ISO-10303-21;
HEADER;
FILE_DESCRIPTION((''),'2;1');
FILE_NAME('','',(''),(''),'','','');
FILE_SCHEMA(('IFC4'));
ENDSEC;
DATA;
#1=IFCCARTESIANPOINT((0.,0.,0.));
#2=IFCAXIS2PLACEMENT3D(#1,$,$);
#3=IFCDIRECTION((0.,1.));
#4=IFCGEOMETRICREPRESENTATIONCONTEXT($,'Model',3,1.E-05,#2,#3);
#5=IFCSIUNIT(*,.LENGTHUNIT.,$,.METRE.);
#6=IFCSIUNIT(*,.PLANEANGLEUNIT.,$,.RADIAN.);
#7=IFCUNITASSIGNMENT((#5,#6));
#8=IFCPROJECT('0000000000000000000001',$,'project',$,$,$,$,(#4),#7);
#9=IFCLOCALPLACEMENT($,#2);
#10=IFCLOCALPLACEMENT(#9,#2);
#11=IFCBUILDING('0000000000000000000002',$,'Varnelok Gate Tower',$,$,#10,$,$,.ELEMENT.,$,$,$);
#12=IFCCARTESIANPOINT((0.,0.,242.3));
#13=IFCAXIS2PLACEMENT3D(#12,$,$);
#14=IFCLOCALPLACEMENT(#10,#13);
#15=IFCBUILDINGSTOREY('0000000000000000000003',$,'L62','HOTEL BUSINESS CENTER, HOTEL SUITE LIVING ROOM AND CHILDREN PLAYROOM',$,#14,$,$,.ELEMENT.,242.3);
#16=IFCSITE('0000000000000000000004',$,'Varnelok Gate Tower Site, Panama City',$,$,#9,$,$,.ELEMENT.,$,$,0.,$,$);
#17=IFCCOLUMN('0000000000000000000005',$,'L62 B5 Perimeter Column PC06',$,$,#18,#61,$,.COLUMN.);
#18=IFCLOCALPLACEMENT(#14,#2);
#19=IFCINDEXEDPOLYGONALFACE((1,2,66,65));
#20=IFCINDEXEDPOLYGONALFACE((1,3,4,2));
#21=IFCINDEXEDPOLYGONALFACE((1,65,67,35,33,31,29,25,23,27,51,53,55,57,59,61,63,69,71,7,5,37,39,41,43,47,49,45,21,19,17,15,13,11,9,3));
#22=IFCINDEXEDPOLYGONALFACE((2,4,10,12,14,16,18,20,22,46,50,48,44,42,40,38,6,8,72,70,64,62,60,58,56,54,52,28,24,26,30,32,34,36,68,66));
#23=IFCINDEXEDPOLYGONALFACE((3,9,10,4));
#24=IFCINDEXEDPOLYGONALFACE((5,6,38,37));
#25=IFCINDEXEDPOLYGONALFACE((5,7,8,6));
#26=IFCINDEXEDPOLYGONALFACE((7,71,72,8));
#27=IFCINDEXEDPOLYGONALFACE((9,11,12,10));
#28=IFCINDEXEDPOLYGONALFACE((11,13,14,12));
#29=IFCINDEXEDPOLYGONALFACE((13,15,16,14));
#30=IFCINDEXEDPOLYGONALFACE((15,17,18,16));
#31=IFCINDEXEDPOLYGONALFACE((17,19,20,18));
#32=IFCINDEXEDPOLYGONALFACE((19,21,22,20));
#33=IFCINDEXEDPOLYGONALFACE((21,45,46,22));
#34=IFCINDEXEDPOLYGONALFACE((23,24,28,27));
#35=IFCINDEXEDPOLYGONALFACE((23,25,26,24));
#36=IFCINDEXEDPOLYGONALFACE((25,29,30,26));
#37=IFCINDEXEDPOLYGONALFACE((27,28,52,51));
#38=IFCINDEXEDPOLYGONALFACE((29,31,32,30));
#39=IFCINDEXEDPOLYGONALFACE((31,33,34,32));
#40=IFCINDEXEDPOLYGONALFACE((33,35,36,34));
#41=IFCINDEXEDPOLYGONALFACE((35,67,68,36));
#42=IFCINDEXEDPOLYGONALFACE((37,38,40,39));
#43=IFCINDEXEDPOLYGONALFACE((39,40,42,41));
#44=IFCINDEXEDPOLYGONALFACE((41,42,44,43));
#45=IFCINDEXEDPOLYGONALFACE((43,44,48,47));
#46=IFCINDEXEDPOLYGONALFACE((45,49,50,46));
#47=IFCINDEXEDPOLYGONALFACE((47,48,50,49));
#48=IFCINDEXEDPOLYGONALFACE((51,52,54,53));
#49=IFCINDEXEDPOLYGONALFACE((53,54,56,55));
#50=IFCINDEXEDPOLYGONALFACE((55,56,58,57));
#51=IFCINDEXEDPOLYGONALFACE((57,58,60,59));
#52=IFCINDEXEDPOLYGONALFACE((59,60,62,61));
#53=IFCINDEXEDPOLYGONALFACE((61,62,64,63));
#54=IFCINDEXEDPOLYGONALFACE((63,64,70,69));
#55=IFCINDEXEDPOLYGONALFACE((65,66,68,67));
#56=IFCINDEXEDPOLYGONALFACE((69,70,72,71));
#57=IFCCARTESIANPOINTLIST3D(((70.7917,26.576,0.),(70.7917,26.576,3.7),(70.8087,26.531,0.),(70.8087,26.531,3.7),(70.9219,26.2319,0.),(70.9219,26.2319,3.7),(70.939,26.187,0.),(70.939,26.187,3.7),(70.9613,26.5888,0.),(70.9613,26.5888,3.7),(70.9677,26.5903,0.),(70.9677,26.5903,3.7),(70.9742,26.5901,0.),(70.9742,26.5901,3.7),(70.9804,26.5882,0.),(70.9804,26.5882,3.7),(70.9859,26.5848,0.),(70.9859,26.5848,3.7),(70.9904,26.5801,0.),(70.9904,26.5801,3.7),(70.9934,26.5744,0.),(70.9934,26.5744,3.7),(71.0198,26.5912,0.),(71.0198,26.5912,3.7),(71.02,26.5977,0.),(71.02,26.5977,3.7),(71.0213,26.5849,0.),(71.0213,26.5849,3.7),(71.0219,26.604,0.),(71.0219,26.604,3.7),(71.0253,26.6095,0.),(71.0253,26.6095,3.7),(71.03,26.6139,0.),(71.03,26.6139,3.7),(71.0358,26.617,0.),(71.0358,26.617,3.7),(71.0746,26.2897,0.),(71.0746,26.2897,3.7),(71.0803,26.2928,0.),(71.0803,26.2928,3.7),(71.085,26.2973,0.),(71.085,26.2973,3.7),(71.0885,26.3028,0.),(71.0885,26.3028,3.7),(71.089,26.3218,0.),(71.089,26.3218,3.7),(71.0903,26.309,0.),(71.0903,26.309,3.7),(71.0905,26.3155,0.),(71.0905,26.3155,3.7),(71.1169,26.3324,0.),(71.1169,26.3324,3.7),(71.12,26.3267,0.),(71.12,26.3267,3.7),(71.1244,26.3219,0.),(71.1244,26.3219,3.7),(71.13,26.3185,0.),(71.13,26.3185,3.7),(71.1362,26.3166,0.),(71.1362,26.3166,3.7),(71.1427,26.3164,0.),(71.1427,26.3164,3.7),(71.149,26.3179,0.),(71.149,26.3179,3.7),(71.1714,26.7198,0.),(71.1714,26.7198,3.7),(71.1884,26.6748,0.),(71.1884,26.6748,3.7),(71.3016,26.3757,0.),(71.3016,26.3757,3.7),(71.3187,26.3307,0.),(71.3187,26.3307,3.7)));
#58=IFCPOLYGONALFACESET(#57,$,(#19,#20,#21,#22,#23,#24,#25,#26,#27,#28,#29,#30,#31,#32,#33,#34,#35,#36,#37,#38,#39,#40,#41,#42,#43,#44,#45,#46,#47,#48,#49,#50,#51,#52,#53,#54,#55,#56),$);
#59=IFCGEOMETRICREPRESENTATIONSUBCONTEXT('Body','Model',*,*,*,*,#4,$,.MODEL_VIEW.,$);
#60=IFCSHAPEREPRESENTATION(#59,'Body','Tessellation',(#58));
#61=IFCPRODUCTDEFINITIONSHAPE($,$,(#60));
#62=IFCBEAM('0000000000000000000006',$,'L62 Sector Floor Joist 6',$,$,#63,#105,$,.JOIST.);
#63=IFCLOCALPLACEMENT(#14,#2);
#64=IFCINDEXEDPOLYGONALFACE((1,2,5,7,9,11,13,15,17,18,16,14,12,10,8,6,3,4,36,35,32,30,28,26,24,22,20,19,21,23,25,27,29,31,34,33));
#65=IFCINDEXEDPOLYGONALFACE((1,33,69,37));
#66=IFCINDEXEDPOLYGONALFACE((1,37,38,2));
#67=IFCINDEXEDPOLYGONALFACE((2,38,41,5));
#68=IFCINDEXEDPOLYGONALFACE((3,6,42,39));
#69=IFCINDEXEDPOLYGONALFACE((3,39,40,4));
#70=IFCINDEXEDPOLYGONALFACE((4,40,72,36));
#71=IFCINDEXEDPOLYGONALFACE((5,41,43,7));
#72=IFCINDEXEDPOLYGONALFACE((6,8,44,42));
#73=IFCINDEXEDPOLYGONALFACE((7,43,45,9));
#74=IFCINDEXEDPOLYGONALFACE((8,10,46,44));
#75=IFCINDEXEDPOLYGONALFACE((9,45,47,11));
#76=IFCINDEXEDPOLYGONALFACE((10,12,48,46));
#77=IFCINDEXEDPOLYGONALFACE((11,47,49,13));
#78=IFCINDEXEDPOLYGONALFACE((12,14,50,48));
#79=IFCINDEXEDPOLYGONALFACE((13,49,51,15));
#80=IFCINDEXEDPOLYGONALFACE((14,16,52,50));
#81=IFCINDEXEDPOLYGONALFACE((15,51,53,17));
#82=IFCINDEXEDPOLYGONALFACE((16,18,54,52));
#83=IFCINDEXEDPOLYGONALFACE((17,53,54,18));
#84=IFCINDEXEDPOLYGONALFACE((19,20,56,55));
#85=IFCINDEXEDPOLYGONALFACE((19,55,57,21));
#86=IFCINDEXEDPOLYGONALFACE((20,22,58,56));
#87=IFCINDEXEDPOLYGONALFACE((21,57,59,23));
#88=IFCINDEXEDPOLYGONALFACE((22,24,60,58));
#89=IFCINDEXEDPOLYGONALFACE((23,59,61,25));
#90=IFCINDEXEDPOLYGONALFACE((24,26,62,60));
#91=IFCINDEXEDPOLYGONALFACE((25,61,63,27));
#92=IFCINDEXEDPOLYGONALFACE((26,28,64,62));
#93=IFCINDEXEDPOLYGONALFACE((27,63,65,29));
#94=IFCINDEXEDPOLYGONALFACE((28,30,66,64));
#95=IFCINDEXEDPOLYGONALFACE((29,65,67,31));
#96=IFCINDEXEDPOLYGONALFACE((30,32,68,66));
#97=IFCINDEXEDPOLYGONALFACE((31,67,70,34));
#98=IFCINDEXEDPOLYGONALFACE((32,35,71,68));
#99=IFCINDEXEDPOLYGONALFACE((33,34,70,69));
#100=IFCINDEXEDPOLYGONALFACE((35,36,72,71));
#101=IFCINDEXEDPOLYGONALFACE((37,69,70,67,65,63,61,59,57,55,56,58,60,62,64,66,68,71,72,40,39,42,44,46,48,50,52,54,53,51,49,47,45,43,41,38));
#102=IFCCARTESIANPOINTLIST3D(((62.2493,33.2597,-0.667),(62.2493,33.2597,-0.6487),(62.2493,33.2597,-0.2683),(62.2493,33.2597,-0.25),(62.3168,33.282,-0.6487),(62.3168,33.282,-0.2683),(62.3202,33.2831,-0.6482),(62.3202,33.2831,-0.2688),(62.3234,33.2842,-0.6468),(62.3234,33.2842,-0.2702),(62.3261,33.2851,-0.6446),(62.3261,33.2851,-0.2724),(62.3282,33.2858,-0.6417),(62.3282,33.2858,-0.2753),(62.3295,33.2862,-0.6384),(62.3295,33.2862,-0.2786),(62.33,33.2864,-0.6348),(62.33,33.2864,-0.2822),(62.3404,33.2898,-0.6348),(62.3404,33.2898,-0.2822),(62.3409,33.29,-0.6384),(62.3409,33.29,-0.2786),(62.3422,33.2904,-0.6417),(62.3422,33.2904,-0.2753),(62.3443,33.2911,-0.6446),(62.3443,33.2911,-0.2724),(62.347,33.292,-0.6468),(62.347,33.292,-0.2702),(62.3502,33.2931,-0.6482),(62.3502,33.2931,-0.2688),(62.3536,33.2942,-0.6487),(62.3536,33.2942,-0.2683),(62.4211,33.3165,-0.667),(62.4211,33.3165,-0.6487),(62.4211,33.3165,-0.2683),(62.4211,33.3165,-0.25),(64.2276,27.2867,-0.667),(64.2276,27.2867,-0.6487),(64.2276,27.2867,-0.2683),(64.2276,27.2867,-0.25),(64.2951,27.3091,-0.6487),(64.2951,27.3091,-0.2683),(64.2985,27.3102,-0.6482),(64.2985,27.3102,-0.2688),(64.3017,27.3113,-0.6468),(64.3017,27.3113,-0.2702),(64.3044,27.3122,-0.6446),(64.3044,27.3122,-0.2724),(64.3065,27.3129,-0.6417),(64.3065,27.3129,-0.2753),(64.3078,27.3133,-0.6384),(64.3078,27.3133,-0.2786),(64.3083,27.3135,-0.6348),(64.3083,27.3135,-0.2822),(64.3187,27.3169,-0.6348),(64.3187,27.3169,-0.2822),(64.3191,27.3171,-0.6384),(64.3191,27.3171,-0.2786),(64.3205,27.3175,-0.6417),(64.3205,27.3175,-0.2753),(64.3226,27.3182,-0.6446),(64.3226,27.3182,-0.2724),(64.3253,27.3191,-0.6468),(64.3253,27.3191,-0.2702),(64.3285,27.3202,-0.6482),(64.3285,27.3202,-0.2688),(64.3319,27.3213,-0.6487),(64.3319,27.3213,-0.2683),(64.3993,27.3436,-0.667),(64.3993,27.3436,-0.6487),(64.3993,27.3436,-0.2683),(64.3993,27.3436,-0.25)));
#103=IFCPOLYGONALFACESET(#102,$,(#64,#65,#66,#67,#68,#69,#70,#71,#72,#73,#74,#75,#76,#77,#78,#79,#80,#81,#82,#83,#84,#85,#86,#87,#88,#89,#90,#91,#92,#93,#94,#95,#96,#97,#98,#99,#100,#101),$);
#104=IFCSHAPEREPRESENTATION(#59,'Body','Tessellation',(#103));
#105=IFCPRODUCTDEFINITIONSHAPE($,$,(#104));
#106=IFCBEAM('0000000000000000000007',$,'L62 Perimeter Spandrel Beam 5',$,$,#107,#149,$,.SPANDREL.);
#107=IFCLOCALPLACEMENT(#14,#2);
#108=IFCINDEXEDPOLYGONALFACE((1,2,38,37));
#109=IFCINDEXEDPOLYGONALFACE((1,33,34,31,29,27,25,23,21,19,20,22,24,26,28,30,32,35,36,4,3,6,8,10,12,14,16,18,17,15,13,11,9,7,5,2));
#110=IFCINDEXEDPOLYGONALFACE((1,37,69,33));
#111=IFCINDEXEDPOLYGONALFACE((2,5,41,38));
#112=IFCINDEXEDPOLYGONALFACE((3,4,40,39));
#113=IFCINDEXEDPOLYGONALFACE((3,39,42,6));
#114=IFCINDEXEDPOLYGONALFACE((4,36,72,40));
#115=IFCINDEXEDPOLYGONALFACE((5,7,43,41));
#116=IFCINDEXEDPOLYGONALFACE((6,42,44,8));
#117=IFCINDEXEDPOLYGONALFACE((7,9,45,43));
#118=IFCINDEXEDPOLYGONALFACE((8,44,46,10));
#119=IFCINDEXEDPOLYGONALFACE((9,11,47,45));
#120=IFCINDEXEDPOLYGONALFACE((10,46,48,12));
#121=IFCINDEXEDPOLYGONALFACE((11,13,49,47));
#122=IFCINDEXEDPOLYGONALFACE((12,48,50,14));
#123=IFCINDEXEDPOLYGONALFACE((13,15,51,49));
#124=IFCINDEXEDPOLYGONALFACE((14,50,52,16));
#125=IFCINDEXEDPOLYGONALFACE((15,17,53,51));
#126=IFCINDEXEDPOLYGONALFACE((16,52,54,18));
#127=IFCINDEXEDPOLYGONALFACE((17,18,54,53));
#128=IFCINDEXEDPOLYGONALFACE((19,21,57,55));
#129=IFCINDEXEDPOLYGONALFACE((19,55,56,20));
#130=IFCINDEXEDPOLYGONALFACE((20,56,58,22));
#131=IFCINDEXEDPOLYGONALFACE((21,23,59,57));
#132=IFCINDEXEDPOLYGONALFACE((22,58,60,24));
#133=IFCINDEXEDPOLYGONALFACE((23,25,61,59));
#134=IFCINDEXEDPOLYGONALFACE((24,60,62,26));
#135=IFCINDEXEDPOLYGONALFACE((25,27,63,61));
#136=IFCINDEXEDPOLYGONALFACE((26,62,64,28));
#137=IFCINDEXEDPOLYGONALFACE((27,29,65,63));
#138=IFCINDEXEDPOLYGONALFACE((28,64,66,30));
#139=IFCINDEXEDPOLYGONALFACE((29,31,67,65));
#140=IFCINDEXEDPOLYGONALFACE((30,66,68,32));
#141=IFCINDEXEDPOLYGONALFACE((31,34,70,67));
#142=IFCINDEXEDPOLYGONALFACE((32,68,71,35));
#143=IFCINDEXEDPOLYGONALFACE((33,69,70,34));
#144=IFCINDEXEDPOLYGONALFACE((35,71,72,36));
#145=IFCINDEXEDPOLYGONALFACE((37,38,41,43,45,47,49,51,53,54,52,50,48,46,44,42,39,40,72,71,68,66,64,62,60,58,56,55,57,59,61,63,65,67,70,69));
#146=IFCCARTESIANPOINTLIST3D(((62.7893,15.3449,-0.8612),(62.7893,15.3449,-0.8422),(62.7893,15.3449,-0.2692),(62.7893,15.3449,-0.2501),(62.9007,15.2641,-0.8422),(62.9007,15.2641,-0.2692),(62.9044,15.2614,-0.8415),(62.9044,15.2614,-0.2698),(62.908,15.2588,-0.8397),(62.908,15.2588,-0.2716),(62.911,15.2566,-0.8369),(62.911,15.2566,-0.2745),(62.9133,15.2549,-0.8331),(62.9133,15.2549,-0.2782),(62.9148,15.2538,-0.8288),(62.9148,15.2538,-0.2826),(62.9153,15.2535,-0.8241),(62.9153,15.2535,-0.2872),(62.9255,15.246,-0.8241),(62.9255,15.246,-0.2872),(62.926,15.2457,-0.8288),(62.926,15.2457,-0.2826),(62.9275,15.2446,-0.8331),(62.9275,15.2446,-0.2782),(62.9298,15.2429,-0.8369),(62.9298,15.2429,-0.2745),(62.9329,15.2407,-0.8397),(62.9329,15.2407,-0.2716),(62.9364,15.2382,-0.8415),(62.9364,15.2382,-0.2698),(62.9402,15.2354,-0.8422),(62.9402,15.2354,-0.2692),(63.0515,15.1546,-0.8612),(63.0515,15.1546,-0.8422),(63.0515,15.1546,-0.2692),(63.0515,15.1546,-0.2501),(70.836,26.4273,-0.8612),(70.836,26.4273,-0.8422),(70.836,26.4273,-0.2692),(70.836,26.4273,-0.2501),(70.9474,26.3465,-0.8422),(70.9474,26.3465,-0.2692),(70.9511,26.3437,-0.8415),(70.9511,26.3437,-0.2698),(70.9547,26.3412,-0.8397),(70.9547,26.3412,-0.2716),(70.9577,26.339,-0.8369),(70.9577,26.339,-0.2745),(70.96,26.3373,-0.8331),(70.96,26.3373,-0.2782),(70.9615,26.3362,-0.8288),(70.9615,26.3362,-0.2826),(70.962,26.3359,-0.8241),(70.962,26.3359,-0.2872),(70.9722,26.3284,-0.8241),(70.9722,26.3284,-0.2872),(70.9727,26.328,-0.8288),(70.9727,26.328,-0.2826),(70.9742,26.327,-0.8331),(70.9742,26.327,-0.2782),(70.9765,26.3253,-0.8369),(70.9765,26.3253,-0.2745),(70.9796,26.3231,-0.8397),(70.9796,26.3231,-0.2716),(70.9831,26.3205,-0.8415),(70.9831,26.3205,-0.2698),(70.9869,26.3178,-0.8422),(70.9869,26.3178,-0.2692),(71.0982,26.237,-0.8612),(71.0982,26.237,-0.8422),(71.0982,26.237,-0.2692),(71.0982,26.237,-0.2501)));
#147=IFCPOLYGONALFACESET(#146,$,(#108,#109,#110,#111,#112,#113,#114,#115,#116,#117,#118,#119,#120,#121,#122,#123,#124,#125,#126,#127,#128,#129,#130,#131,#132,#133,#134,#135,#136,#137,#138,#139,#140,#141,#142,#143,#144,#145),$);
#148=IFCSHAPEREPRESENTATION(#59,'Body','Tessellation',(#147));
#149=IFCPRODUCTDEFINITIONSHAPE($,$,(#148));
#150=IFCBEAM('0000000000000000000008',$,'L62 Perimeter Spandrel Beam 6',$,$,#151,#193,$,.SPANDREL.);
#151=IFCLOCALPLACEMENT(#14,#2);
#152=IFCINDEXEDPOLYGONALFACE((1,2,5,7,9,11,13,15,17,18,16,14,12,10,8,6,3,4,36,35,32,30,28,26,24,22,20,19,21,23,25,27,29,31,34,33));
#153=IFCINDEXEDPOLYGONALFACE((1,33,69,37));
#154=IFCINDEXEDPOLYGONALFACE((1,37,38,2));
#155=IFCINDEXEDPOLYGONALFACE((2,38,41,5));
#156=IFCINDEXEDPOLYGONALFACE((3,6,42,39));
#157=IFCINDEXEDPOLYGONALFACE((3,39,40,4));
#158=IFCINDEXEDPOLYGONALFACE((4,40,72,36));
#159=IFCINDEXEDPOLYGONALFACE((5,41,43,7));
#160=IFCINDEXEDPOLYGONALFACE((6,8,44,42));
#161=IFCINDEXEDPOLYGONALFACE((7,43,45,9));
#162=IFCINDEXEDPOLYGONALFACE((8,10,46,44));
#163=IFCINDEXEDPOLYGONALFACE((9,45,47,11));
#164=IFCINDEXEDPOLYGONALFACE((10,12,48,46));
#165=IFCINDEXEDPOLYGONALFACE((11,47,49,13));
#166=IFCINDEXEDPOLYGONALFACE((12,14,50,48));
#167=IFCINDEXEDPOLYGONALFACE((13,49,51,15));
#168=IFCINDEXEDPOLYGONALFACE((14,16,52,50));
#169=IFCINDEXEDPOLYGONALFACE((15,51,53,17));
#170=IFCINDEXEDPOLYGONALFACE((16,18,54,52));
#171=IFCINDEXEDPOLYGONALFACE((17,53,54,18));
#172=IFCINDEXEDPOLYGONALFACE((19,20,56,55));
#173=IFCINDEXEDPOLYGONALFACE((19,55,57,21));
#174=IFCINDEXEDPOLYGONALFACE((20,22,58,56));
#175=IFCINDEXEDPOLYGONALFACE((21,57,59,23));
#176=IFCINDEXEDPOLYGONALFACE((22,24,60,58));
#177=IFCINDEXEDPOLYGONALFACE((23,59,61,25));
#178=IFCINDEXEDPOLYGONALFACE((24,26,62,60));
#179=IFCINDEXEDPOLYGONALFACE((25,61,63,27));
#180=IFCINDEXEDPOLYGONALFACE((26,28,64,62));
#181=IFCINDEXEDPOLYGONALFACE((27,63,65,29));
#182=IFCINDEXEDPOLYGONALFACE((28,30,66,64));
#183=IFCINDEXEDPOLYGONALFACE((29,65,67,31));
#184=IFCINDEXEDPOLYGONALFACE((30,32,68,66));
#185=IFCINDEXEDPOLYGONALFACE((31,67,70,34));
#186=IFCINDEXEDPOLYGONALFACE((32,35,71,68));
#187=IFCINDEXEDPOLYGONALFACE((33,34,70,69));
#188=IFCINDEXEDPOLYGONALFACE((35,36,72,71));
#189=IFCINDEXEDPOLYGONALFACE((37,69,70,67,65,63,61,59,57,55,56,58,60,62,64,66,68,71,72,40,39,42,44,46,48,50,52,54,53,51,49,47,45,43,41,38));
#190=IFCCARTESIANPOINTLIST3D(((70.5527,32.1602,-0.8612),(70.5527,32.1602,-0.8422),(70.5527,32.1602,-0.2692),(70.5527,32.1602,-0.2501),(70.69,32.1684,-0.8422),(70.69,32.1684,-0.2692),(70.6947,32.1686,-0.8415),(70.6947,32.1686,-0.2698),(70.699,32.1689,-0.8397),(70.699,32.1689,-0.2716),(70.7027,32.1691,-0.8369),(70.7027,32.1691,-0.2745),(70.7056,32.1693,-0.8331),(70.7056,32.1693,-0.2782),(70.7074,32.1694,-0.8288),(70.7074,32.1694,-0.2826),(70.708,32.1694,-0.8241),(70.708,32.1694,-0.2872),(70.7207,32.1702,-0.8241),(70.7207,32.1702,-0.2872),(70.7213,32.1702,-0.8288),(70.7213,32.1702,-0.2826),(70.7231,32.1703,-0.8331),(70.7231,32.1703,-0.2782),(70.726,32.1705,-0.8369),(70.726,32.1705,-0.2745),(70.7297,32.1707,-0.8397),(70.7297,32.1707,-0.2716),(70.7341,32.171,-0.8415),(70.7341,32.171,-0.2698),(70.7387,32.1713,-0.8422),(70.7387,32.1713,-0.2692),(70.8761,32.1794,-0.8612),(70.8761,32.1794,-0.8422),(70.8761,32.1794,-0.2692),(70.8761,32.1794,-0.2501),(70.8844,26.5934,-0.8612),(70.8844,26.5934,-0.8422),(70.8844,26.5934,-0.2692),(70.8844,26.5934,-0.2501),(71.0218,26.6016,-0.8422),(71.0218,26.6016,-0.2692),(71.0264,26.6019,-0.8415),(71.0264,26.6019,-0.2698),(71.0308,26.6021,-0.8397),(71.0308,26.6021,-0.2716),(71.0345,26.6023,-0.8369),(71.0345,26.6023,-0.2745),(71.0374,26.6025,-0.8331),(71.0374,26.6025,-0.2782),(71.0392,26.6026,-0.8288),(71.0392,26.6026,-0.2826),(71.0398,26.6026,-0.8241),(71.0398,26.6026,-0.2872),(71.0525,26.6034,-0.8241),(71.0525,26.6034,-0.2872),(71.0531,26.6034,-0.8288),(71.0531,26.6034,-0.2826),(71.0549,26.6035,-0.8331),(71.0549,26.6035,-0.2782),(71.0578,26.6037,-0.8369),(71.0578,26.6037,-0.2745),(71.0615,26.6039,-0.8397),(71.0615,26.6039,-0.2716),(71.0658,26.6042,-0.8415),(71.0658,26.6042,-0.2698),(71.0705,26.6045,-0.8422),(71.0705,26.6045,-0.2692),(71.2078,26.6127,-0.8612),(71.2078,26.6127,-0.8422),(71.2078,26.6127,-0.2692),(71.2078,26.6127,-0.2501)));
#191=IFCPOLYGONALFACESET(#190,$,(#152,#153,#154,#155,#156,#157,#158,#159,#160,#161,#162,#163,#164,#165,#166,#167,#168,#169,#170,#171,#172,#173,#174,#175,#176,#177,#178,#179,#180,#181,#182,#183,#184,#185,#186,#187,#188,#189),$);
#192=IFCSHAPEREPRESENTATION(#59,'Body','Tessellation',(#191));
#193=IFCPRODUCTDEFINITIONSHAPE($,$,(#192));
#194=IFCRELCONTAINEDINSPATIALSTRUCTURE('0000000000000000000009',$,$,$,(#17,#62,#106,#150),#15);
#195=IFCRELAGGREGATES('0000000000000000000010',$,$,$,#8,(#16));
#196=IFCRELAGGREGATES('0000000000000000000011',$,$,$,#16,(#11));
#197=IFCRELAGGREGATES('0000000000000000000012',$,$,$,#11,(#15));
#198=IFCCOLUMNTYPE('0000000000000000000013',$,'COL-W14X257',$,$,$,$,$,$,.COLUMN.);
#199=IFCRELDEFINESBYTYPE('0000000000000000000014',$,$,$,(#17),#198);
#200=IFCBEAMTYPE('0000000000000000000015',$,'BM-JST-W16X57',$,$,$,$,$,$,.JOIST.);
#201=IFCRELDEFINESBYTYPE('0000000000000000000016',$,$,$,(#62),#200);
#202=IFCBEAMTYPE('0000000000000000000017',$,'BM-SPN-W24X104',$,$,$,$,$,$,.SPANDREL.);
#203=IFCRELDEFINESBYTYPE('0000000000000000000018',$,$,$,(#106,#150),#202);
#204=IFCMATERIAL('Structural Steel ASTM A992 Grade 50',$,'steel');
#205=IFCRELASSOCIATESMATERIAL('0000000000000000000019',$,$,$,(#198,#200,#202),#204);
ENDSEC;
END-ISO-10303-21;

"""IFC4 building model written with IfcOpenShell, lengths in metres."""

from ifc_helpers import new_model, si_unit, direction, frame, origin, origin_2d, place, context, subcontext, project, spatial, i_section, extrude, material, material_profile, profile_set, type_object, element, save


model = new_model("IFC4")

# Units and contexts
model_context = context("Model", 3, precision=1e-05, world=origin(), true_north=direction((0.0, 1.0)))
body_context = subcontext(model_context, "Body", "Model", "MODEL_VIEW")
ifc_project = project(units=[si_unit("LENGTHUNIT", "METRE"), si_unit("PLANEANGLEUNIT", "RADIAN")], contexts=[model_context])

# Site, building, storey
site_placement = place(None, origin())
site = spatial("IfcSite", under=ifc_project, at=site_placement, Name="Varnelok Gate Tower Site, Panama City", CompositionType="ELEMENT", RefElevation=0.0)
building_placement = place(site_placement, origin())
building = spatial("IfcBuilding", under=site, at=building_placement, Name="Varnelok Gate Tower", CompositionType="ELEMENT")
storey_placement = place(building_placement, frame((0.0, 0.0, 242.3)))
storey = spatial("IfcBuildingStorey", under=building, at=storey_placement, Name="L62", Description="HOTEL BUSINESS CENTER, HOTEL SUITE LIVING ROOM AND CHILDREN PLAYROOM", CompositionType="ELEMENT", Elevation=242.3)

# Column
ifc_material_1 = material(Name="Structural Steel ASTM A992 Grade 50", Category="steel")
ifc_material_profile_1 = material_profile(ifc_material_1, i_section(OverallWidth=0.406, OverallDepth=0.416, WebThickness=0.0298, FlangeThickness=0.0481, FilletRadius=0.0249, at=origin_2d()), Name="W14X257")
ifc_profile_set_1 = profile_set([ifc_material_profile_1], Name="Structural Steel ASTM A992 Grade 50")
column_type = type_object("IfcColumnType", Name="COL-W14X257", PredefinedType="COLUMN", material=ifc_profile_set_1)
column_placement = place(storey_placement, frame((71.0552, 26.4534, 0.0), z_axis=(0.0, 0.0, 1.0), x_axis=(0.935222, 0.354063, 0.0)))
element("IfcColumn", 1, at=column_placement, inside=storey, type_object=column_type, Name="L62 B5 Perimeter Column PC06", PredefinedType="COLUMN", context=body_context, shape_type="SweptSolid", body=[
    extrude(i_section(OverallWidth=0.406, OverallDepth=0.416, WebThickness=0.0298, FlangeThickness=0.0481, FilletRadius=0.0249, at=origin_2d()), origin(), (0.0, 0.0, 1.0), 3.7),
])

# Beams
ifc_material_profile_2 = material_profile(ifc_material_1, i_section(OverallWidth=0.1809, OverallDepth=0.417, WebThickness=0.011, FlangeThickness=0.0183, FilletRadius=0.0139, at=origin_2d()), Name="W16X57")
ifc_profile_set_2 = profile_set([ifc_material_profile_2], Name="Structural Steel ASTM A992 Grade 50")
beam_type_1 = type_object("IfcBeamType", Name="BM-JST-W16X57", PredefinedType="JOIST", material=ifc_profile_set_2)
beam_1_placement = place(storey_placement, frame((64.3135, 27.3152, -0.4585), z_axis=(-0.314411, 0.949287, 0.0), x_axis=(-0.949287, -0.314411, 0.0)))
element("IfcBeam", 2, at=beam_1_placement, inside=storey, type_object=beam_type_1, Name="L62 Sector Floor Joist 6", PredefinedType="JOIST", context=body_context, shape_type="SweptSolid", body=[
    extrude(i_section(OverallWidth=0.1809, OverallDepth=0.417, WebThickness=0.011, FlangeThickness=0.0183, FilletRadius=0.0139, at=origin_2d()), origin(), (0.0, 0.0, 1.0), 6.292),
])
ifc_material_profile_3 = material_profile(ifc_material_1, i_section(OverallWidth=0.324, OverallDepth=0.6111, WebThickness=0.0127, FlangeThickness=0.019, FilletRadius=0.0181, at=origin_2d()), Name="W24X104")
ifc_profile_set_3 = profile_set([ifc_material_profile_3], Name="Structural Steel ASTM A992 Grade 50")
beam_type_2 = type_object("IfcBeamType", Name="BM-SPN-W24X104", PredefinedType="SPANDREL", material=ifc_profile_set_3)
beam_2_placement = place(storey_placement, frame((62.9204, 15.2498, -0.5557), z_axis=(0.587541, 0.809195, 0.0), x_axis=(-0.809195, 0.587541, 0.0)))
element("IfcBeam", 3, at=beam_2_placement, inside=storey, type_object=beam_type_2, Name="L62 Perimeter Spandrel Beam 5", PredefinedType="SPANDREL", context=body_context, shape_type="SweptSolid", body=[
    extrude(i_section(OverallWidth=0.324, OverallDepth=0.6111, WebThickness=0.0127, FlangeThickness=0.019, FilletRadius=0.0181, at=origin_2d()), origin(), (0.0, 0.0, 1.0), 13.6956),
])
beam_3_placement = place(storey_placement, frame((71.0461, 26.603, -0.5557), z_axis=(-0.059494, 0.998229, 0.0), x_axis=(-0.998229, -0.059494, 0.0)))
element("IfcBeam", 4, at=beam_3_placement, inside=storey, type_object=beam_type_2, Name="L62 Perimeter Spandrel Beam 6", PredefinedType="SPANDREL", context=body_context, shape_type="SweptSolid", body=[
    extrude(i_section(OverallWidth=0.324, OverallDepth=0.6111, WebThickness=0.0127, FlangeThickness=0.019, FilletRadius=0.0181, at=origin_2d()), origin(), (0.0, 0.0, 1.0), 5.5767),
])

save(model, "model.ifc")
